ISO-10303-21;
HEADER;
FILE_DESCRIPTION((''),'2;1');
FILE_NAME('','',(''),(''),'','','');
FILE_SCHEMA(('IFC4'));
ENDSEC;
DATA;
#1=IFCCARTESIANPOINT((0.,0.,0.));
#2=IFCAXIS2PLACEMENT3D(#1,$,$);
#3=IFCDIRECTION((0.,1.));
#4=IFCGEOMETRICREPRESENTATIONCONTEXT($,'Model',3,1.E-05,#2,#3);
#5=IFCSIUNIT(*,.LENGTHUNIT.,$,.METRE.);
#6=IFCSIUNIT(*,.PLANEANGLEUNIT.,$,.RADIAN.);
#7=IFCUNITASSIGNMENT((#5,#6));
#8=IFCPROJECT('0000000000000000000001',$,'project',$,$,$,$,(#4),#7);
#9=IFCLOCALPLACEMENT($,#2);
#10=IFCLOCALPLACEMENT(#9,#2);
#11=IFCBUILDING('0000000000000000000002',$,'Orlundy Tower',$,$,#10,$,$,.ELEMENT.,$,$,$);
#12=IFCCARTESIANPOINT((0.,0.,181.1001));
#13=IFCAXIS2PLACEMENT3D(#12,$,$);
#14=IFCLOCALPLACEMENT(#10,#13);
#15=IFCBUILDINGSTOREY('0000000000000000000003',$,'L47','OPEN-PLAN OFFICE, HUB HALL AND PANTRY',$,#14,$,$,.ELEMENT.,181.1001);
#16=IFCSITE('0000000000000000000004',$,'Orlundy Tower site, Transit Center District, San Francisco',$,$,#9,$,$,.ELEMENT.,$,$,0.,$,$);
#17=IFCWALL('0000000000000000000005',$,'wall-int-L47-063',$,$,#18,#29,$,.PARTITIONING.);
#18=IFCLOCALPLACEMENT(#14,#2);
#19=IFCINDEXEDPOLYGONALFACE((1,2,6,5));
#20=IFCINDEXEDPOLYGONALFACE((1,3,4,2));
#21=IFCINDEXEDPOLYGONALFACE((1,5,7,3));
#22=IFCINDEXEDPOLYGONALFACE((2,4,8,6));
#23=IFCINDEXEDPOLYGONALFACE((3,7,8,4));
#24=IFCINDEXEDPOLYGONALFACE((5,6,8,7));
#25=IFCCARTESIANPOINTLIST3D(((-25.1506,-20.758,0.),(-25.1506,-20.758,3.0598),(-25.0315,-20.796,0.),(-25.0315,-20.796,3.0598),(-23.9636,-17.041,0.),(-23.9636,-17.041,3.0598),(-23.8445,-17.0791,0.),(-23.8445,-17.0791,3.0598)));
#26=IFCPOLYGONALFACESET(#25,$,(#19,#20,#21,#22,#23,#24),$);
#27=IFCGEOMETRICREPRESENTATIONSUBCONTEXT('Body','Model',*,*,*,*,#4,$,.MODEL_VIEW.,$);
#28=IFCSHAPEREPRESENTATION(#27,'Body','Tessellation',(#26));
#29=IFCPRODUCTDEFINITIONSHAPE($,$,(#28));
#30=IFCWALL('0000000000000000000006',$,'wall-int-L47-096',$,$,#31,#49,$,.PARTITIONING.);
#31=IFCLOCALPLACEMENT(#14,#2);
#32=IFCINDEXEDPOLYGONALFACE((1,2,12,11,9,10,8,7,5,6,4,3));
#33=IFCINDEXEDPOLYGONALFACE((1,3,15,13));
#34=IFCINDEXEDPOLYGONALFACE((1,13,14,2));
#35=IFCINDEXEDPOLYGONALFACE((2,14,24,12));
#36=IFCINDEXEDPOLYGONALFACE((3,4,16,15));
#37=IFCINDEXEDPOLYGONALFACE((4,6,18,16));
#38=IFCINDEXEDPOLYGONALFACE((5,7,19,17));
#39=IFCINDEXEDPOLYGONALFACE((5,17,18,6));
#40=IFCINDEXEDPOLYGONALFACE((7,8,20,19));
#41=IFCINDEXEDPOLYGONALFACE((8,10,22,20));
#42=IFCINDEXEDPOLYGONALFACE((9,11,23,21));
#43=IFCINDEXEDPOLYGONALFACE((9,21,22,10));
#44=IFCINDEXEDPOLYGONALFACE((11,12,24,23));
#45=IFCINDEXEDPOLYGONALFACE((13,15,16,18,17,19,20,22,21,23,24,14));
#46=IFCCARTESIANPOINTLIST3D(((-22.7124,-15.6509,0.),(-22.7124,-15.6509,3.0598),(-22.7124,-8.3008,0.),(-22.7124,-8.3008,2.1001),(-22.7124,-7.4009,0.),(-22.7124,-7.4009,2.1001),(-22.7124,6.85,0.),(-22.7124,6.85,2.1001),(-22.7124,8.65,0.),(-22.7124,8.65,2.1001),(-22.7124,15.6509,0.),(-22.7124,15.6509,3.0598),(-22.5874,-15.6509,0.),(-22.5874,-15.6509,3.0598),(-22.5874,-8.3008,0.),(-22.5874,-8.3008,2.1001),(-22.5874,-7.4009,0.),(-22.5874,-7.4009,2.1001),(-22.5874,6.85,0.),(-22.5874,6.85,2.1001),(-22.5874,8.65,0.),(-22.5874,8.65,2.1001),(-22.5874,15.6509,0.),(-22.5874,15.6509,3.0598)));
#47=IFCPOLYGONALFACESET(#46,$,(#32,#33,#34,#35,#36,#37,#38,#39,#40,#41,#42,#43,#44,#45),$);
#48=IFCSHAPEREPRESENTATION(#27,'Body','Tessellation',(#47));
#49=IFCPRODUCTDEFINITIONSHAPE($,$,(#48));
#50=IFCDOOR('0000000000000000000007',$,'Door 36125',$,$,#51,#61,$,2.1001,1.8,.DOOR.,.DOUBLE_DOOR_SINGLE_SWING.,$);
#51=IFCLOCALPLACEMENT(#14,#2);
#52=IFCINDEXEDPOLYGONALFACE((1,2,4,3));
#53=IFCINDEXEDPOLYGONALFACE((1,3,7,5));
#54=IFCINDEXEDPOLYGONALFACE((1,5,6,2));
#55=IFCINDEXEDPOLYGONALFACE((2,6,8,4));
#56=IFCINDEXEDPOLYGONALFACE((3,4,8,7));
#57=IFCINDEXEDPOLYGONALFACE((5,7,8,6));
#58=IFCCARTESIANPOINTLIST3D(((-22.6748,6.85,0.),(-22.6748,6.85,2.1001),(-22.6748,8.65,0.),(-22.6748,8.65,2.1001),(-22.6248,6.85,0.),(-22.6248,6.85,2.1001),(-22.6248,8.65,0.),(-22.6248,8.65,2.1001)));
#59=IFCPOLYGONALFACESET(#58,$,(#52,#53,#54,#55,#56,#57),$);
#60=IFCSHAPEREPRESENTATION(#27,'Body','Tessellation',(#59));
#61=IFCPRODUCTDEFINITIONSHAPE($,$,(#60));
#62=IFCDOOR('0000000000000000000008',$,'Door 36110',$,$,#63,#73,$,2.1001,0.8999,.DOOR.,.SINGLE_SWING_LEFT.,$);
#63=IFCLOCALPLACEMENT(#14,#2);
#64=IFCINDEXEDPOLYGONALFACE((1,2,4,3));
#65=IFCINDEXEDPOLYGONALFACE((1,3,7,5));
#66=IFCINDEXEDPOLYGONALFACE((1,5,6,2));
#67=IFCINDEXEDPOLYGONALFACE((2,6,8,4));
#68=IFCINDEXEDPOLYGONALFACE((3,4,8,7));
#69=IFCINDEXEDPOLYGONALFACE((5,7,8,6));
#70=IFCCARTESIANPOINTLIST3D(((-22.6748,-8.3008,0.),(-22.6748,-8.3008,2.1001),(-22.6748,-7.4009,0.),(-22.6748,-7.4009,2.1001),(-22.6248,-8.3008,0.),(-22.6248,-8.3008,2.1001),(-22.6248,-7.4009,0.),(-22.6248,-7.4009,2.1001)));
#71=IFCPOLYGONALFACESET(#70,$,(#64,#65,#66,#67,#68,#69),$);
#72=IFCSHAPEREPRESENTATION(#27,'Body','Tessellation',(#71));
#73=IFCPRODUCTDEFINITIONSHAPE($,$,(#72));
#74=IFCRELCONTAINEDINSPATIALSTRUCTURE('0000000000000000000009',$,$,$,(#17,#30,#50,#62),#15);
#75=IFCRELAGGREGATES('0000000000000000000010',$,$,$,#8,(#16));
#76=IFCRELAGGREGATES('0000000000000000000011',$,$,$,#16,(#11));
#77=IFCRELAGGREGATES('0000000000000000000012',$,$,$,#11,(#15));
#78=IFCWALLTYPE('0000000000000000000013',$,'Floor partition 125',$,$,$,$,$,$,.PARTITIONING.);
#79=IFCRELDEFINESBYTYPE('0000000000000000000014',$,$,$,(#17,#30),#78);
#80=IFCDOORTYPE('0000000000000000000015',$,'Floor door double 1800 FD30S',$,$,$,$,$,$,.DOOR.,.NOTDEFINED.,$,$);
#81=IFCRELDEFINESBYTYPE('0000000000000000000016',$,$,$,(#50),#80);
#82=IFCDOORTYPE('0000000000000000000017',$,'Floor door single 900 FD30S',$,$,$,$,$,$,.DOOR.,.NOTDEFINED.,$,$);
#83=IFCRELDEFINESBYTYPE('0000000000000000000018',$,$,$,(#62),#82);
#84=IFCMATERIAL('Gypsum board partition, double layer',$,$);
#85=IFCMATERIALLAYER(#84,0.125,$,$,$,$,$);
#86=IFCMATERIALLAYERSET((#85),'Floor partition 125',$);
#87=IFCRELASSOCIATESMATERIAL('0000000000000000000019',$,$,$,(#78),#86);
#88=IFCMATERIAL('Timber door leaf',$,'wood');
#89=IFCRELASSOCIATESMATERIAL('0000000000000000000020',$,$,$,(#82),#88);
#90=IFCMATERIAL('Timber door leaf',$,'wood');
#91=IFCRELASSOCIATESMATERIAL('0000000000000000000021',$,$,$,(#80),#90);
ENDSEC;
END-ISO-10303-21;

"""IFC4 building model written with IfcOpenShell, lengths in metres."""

from ifc_helpers import new_model, si_unit, direction, frame, frame_2d, origin, place, context, subcontext, project, spatial, rectangle, extrude, material, layer, layer_set, type_object, element, fill, save


model = new_model("IFC4")

# Units and contexts
model_context = context("Model", 3, precision=1e-05, world=origin(), true_north=direction((0.0, 1.0)))
body_context = subcontext(model_context, "Body", "Model", "MODEL_VIEW")
ifc_project = project(units=[si_unit("LENGTHUNIT", "METRE"), si_unit("PLANEANGLEUNIT", "RADIAN")], contexts=[model_context])

# Site, building, storey
site_placement = place(None, origin())
site = spatial("IfcSite", under=ifc_project, at=site_placement, Name="Orlundy Tower site, Transit Center District, San Francisco", CompositionType="ELEMENT", RefElevation=0.0)
building_placement = place(site_placement, origin())
building = spatial("IfcBuilding", under=site, at=building_placement, Name="Orlundy Tower", CompositionType="ELEMENT")
storey_placement = place(building_placement, frame((0.0, 0.0, 181.1001)))
storey = spatial("IfcBuildingStorey", under=building, at=storey_placement, Name="L47", Description="OPEN-PLAN OFFICE, HUB HALL AND PANTRY", CompositionType="ELEMENT", Elevation=181.1001)

# Shared definitions
ifc_material_1 = material(Name="Gypsum board partition, double layer")
ifc_layer_1 = layer(ifc_material_1, 0.125)
ifc_layer_set_1 = layer_set([ifc_layer_1], Name="Floor partition 125")
wall_type_1 = type_object("IfcWallType", Name="Floor partition 125", PredefinedType="PARTITIONING", material=ifc_layer_set_1)

# Shared definitions
ifc_material_2 = material(Name="Timber door leaf", Category="wood")
door_type_1 = type_object("IfcDoorType", Name="Floor door single 900 FD30S", OperationType="NOTDEFINED", PredefinedType="DOOR", material=ifc_material_2)

# Wall
wall_1_placement = place(storey_placement, frame((-23.9041, -17.0601, 0.0), z_axis=(0.0, 0.0, 1.0), x_axis=(-0.304208, -0.952606, 0.0)))
element("IfcWall", 1, at=wall_1_placement, inside=storey, type_object=wall_type_1, Name="wall-int-L47-063", PredefinedType="PARTITIONING", context=body_context, shape_type="SweptSolid", body=[
    extrude(rectangle(XDim=3.9019, YDim=0.125, at=frame_2d((1.9509, 0.0))), origin(), (0.0, 0.0, 1.0), 3.0598),
])

# Wall, openings, doors
wall_2_placement = place(storey_placement, frame((-22.6499, -15.6509, 0.0), z_axis=(0.0, 0.0, 1.0), x_axis=(0.0, 1.0, 0.0)))
wall_2 = element("IfcWall", 2, at=wall_2_placement, inside=storey, type_object=wall_type_1, Name="wall-int-L47-096", PredefinedType="PARTITIONING", context=body_context, shape_type="SweptSolid", body=[
    extrude(rectangle(XDim=31.3018, YDim=0.125, at=frame_2d((15.6509, 0.0))), origin(), (0.0, 0.0, 1.0), 3.0598),
])
opening_1_placement = place(wall_2_placement, frame((7.3501, 0.0, 0.0)))
opening_1 = element("IfcOpeningElement", 3, at=opening_1_placement, cuts=wall_2, PredefinedType="OPENING", context=body_context, shape_type="SweptSolid", body=[
    extrude(rectangle(XDim=0.8999, YDim=2.1001, at=frame_2d((0.45, 1.05))), frame((0.0, 0.0725, 0.0), z_axis=(0.0, -1.0, 0.0), x_axis=(1.0, 0.0, 0.0)), (0.0, 0.0, 1.0), 0.145),
])
opening_2_placement = place(wall_2_placement, frame((22.501, 0.0, 0.0)))
opening_2 = element("IfcOpeningElement", 4, at=opening_2_placement, cuts=wall_2, PredefinedType="OPENING", context=body_context, shape_type="SweptSolid", body=[
    extrude(rectangle(XDim=1.8, YDim=2.1001, at=frame_2d((0.8999, 1.05))), frame((0.0, 0.0725, 0.0), z_axis=(0.0, -1.0, 0.0), x_axis=(1.0, 0.0, 0.0)), (0.0, 0.0, 1.0), 0.145),
])
ifc_material_3 = material(Name="Timber door leaf", Category="wood")
door_type_2 = type_object("IfcDoorType", Name="Floor door double 1800 FD30S", OperationType="NOTDEFINED", PredefinedType="DOOR", material=ifc_material_3)
door_1_placement = place(opening_2_placement, origin())
door_1 = element("IfcDoor", 5, at=door_1_placement, inside=storey, type_object=door_type_2, Name="Door 36125", OperationType="DOUBLE_DOOR_SINGLE_SWING", OverallHeight=2.1001, OverallWidth=1.8, PredefinedType="DOOR", context=body_context, shape_type="SweptSolid", body=[
    extrude(rectangle(XDim=1.8, YDim=2.1001, at=frame_2d((0.8999, 1.05))), frame((0.0, 0.0249, 0.0), z_axis=(0.0, -1.0, 0.0), x_axis=(1.0, 0.0, 0.0)), (0.0, 0.0, 1.0), 0.05),
])
fill(opening_2, door_1)
door_2_placement = place(opening_1_placement, origin())
door_2 = element("IfcDoor", 6, at=door_2_placement, inside=storey, type_object=door_type_1, Name="Door 36110", OperationType="SINGLE_SWING_LEFT", OverallHeight=2.1001, OverallWidth=0.8999, PredefinedType="DOOR", context=body_context, shape_type="SweptSolid", body=[
    extrude(rectangle(XDim=0.8999, YDim=2.1001, at=frame_2d((0.45, 1.05))), frame((0.0, 0.0249, 0.0), z_axis=(0.0, -1.0, 0.0), x_axis=(1.0, 0.0, 0.0)), (0.0, 0.0, 1.0), 0.05),
])
fill(opening_1, door_2)

save(model, "model.ifc")
